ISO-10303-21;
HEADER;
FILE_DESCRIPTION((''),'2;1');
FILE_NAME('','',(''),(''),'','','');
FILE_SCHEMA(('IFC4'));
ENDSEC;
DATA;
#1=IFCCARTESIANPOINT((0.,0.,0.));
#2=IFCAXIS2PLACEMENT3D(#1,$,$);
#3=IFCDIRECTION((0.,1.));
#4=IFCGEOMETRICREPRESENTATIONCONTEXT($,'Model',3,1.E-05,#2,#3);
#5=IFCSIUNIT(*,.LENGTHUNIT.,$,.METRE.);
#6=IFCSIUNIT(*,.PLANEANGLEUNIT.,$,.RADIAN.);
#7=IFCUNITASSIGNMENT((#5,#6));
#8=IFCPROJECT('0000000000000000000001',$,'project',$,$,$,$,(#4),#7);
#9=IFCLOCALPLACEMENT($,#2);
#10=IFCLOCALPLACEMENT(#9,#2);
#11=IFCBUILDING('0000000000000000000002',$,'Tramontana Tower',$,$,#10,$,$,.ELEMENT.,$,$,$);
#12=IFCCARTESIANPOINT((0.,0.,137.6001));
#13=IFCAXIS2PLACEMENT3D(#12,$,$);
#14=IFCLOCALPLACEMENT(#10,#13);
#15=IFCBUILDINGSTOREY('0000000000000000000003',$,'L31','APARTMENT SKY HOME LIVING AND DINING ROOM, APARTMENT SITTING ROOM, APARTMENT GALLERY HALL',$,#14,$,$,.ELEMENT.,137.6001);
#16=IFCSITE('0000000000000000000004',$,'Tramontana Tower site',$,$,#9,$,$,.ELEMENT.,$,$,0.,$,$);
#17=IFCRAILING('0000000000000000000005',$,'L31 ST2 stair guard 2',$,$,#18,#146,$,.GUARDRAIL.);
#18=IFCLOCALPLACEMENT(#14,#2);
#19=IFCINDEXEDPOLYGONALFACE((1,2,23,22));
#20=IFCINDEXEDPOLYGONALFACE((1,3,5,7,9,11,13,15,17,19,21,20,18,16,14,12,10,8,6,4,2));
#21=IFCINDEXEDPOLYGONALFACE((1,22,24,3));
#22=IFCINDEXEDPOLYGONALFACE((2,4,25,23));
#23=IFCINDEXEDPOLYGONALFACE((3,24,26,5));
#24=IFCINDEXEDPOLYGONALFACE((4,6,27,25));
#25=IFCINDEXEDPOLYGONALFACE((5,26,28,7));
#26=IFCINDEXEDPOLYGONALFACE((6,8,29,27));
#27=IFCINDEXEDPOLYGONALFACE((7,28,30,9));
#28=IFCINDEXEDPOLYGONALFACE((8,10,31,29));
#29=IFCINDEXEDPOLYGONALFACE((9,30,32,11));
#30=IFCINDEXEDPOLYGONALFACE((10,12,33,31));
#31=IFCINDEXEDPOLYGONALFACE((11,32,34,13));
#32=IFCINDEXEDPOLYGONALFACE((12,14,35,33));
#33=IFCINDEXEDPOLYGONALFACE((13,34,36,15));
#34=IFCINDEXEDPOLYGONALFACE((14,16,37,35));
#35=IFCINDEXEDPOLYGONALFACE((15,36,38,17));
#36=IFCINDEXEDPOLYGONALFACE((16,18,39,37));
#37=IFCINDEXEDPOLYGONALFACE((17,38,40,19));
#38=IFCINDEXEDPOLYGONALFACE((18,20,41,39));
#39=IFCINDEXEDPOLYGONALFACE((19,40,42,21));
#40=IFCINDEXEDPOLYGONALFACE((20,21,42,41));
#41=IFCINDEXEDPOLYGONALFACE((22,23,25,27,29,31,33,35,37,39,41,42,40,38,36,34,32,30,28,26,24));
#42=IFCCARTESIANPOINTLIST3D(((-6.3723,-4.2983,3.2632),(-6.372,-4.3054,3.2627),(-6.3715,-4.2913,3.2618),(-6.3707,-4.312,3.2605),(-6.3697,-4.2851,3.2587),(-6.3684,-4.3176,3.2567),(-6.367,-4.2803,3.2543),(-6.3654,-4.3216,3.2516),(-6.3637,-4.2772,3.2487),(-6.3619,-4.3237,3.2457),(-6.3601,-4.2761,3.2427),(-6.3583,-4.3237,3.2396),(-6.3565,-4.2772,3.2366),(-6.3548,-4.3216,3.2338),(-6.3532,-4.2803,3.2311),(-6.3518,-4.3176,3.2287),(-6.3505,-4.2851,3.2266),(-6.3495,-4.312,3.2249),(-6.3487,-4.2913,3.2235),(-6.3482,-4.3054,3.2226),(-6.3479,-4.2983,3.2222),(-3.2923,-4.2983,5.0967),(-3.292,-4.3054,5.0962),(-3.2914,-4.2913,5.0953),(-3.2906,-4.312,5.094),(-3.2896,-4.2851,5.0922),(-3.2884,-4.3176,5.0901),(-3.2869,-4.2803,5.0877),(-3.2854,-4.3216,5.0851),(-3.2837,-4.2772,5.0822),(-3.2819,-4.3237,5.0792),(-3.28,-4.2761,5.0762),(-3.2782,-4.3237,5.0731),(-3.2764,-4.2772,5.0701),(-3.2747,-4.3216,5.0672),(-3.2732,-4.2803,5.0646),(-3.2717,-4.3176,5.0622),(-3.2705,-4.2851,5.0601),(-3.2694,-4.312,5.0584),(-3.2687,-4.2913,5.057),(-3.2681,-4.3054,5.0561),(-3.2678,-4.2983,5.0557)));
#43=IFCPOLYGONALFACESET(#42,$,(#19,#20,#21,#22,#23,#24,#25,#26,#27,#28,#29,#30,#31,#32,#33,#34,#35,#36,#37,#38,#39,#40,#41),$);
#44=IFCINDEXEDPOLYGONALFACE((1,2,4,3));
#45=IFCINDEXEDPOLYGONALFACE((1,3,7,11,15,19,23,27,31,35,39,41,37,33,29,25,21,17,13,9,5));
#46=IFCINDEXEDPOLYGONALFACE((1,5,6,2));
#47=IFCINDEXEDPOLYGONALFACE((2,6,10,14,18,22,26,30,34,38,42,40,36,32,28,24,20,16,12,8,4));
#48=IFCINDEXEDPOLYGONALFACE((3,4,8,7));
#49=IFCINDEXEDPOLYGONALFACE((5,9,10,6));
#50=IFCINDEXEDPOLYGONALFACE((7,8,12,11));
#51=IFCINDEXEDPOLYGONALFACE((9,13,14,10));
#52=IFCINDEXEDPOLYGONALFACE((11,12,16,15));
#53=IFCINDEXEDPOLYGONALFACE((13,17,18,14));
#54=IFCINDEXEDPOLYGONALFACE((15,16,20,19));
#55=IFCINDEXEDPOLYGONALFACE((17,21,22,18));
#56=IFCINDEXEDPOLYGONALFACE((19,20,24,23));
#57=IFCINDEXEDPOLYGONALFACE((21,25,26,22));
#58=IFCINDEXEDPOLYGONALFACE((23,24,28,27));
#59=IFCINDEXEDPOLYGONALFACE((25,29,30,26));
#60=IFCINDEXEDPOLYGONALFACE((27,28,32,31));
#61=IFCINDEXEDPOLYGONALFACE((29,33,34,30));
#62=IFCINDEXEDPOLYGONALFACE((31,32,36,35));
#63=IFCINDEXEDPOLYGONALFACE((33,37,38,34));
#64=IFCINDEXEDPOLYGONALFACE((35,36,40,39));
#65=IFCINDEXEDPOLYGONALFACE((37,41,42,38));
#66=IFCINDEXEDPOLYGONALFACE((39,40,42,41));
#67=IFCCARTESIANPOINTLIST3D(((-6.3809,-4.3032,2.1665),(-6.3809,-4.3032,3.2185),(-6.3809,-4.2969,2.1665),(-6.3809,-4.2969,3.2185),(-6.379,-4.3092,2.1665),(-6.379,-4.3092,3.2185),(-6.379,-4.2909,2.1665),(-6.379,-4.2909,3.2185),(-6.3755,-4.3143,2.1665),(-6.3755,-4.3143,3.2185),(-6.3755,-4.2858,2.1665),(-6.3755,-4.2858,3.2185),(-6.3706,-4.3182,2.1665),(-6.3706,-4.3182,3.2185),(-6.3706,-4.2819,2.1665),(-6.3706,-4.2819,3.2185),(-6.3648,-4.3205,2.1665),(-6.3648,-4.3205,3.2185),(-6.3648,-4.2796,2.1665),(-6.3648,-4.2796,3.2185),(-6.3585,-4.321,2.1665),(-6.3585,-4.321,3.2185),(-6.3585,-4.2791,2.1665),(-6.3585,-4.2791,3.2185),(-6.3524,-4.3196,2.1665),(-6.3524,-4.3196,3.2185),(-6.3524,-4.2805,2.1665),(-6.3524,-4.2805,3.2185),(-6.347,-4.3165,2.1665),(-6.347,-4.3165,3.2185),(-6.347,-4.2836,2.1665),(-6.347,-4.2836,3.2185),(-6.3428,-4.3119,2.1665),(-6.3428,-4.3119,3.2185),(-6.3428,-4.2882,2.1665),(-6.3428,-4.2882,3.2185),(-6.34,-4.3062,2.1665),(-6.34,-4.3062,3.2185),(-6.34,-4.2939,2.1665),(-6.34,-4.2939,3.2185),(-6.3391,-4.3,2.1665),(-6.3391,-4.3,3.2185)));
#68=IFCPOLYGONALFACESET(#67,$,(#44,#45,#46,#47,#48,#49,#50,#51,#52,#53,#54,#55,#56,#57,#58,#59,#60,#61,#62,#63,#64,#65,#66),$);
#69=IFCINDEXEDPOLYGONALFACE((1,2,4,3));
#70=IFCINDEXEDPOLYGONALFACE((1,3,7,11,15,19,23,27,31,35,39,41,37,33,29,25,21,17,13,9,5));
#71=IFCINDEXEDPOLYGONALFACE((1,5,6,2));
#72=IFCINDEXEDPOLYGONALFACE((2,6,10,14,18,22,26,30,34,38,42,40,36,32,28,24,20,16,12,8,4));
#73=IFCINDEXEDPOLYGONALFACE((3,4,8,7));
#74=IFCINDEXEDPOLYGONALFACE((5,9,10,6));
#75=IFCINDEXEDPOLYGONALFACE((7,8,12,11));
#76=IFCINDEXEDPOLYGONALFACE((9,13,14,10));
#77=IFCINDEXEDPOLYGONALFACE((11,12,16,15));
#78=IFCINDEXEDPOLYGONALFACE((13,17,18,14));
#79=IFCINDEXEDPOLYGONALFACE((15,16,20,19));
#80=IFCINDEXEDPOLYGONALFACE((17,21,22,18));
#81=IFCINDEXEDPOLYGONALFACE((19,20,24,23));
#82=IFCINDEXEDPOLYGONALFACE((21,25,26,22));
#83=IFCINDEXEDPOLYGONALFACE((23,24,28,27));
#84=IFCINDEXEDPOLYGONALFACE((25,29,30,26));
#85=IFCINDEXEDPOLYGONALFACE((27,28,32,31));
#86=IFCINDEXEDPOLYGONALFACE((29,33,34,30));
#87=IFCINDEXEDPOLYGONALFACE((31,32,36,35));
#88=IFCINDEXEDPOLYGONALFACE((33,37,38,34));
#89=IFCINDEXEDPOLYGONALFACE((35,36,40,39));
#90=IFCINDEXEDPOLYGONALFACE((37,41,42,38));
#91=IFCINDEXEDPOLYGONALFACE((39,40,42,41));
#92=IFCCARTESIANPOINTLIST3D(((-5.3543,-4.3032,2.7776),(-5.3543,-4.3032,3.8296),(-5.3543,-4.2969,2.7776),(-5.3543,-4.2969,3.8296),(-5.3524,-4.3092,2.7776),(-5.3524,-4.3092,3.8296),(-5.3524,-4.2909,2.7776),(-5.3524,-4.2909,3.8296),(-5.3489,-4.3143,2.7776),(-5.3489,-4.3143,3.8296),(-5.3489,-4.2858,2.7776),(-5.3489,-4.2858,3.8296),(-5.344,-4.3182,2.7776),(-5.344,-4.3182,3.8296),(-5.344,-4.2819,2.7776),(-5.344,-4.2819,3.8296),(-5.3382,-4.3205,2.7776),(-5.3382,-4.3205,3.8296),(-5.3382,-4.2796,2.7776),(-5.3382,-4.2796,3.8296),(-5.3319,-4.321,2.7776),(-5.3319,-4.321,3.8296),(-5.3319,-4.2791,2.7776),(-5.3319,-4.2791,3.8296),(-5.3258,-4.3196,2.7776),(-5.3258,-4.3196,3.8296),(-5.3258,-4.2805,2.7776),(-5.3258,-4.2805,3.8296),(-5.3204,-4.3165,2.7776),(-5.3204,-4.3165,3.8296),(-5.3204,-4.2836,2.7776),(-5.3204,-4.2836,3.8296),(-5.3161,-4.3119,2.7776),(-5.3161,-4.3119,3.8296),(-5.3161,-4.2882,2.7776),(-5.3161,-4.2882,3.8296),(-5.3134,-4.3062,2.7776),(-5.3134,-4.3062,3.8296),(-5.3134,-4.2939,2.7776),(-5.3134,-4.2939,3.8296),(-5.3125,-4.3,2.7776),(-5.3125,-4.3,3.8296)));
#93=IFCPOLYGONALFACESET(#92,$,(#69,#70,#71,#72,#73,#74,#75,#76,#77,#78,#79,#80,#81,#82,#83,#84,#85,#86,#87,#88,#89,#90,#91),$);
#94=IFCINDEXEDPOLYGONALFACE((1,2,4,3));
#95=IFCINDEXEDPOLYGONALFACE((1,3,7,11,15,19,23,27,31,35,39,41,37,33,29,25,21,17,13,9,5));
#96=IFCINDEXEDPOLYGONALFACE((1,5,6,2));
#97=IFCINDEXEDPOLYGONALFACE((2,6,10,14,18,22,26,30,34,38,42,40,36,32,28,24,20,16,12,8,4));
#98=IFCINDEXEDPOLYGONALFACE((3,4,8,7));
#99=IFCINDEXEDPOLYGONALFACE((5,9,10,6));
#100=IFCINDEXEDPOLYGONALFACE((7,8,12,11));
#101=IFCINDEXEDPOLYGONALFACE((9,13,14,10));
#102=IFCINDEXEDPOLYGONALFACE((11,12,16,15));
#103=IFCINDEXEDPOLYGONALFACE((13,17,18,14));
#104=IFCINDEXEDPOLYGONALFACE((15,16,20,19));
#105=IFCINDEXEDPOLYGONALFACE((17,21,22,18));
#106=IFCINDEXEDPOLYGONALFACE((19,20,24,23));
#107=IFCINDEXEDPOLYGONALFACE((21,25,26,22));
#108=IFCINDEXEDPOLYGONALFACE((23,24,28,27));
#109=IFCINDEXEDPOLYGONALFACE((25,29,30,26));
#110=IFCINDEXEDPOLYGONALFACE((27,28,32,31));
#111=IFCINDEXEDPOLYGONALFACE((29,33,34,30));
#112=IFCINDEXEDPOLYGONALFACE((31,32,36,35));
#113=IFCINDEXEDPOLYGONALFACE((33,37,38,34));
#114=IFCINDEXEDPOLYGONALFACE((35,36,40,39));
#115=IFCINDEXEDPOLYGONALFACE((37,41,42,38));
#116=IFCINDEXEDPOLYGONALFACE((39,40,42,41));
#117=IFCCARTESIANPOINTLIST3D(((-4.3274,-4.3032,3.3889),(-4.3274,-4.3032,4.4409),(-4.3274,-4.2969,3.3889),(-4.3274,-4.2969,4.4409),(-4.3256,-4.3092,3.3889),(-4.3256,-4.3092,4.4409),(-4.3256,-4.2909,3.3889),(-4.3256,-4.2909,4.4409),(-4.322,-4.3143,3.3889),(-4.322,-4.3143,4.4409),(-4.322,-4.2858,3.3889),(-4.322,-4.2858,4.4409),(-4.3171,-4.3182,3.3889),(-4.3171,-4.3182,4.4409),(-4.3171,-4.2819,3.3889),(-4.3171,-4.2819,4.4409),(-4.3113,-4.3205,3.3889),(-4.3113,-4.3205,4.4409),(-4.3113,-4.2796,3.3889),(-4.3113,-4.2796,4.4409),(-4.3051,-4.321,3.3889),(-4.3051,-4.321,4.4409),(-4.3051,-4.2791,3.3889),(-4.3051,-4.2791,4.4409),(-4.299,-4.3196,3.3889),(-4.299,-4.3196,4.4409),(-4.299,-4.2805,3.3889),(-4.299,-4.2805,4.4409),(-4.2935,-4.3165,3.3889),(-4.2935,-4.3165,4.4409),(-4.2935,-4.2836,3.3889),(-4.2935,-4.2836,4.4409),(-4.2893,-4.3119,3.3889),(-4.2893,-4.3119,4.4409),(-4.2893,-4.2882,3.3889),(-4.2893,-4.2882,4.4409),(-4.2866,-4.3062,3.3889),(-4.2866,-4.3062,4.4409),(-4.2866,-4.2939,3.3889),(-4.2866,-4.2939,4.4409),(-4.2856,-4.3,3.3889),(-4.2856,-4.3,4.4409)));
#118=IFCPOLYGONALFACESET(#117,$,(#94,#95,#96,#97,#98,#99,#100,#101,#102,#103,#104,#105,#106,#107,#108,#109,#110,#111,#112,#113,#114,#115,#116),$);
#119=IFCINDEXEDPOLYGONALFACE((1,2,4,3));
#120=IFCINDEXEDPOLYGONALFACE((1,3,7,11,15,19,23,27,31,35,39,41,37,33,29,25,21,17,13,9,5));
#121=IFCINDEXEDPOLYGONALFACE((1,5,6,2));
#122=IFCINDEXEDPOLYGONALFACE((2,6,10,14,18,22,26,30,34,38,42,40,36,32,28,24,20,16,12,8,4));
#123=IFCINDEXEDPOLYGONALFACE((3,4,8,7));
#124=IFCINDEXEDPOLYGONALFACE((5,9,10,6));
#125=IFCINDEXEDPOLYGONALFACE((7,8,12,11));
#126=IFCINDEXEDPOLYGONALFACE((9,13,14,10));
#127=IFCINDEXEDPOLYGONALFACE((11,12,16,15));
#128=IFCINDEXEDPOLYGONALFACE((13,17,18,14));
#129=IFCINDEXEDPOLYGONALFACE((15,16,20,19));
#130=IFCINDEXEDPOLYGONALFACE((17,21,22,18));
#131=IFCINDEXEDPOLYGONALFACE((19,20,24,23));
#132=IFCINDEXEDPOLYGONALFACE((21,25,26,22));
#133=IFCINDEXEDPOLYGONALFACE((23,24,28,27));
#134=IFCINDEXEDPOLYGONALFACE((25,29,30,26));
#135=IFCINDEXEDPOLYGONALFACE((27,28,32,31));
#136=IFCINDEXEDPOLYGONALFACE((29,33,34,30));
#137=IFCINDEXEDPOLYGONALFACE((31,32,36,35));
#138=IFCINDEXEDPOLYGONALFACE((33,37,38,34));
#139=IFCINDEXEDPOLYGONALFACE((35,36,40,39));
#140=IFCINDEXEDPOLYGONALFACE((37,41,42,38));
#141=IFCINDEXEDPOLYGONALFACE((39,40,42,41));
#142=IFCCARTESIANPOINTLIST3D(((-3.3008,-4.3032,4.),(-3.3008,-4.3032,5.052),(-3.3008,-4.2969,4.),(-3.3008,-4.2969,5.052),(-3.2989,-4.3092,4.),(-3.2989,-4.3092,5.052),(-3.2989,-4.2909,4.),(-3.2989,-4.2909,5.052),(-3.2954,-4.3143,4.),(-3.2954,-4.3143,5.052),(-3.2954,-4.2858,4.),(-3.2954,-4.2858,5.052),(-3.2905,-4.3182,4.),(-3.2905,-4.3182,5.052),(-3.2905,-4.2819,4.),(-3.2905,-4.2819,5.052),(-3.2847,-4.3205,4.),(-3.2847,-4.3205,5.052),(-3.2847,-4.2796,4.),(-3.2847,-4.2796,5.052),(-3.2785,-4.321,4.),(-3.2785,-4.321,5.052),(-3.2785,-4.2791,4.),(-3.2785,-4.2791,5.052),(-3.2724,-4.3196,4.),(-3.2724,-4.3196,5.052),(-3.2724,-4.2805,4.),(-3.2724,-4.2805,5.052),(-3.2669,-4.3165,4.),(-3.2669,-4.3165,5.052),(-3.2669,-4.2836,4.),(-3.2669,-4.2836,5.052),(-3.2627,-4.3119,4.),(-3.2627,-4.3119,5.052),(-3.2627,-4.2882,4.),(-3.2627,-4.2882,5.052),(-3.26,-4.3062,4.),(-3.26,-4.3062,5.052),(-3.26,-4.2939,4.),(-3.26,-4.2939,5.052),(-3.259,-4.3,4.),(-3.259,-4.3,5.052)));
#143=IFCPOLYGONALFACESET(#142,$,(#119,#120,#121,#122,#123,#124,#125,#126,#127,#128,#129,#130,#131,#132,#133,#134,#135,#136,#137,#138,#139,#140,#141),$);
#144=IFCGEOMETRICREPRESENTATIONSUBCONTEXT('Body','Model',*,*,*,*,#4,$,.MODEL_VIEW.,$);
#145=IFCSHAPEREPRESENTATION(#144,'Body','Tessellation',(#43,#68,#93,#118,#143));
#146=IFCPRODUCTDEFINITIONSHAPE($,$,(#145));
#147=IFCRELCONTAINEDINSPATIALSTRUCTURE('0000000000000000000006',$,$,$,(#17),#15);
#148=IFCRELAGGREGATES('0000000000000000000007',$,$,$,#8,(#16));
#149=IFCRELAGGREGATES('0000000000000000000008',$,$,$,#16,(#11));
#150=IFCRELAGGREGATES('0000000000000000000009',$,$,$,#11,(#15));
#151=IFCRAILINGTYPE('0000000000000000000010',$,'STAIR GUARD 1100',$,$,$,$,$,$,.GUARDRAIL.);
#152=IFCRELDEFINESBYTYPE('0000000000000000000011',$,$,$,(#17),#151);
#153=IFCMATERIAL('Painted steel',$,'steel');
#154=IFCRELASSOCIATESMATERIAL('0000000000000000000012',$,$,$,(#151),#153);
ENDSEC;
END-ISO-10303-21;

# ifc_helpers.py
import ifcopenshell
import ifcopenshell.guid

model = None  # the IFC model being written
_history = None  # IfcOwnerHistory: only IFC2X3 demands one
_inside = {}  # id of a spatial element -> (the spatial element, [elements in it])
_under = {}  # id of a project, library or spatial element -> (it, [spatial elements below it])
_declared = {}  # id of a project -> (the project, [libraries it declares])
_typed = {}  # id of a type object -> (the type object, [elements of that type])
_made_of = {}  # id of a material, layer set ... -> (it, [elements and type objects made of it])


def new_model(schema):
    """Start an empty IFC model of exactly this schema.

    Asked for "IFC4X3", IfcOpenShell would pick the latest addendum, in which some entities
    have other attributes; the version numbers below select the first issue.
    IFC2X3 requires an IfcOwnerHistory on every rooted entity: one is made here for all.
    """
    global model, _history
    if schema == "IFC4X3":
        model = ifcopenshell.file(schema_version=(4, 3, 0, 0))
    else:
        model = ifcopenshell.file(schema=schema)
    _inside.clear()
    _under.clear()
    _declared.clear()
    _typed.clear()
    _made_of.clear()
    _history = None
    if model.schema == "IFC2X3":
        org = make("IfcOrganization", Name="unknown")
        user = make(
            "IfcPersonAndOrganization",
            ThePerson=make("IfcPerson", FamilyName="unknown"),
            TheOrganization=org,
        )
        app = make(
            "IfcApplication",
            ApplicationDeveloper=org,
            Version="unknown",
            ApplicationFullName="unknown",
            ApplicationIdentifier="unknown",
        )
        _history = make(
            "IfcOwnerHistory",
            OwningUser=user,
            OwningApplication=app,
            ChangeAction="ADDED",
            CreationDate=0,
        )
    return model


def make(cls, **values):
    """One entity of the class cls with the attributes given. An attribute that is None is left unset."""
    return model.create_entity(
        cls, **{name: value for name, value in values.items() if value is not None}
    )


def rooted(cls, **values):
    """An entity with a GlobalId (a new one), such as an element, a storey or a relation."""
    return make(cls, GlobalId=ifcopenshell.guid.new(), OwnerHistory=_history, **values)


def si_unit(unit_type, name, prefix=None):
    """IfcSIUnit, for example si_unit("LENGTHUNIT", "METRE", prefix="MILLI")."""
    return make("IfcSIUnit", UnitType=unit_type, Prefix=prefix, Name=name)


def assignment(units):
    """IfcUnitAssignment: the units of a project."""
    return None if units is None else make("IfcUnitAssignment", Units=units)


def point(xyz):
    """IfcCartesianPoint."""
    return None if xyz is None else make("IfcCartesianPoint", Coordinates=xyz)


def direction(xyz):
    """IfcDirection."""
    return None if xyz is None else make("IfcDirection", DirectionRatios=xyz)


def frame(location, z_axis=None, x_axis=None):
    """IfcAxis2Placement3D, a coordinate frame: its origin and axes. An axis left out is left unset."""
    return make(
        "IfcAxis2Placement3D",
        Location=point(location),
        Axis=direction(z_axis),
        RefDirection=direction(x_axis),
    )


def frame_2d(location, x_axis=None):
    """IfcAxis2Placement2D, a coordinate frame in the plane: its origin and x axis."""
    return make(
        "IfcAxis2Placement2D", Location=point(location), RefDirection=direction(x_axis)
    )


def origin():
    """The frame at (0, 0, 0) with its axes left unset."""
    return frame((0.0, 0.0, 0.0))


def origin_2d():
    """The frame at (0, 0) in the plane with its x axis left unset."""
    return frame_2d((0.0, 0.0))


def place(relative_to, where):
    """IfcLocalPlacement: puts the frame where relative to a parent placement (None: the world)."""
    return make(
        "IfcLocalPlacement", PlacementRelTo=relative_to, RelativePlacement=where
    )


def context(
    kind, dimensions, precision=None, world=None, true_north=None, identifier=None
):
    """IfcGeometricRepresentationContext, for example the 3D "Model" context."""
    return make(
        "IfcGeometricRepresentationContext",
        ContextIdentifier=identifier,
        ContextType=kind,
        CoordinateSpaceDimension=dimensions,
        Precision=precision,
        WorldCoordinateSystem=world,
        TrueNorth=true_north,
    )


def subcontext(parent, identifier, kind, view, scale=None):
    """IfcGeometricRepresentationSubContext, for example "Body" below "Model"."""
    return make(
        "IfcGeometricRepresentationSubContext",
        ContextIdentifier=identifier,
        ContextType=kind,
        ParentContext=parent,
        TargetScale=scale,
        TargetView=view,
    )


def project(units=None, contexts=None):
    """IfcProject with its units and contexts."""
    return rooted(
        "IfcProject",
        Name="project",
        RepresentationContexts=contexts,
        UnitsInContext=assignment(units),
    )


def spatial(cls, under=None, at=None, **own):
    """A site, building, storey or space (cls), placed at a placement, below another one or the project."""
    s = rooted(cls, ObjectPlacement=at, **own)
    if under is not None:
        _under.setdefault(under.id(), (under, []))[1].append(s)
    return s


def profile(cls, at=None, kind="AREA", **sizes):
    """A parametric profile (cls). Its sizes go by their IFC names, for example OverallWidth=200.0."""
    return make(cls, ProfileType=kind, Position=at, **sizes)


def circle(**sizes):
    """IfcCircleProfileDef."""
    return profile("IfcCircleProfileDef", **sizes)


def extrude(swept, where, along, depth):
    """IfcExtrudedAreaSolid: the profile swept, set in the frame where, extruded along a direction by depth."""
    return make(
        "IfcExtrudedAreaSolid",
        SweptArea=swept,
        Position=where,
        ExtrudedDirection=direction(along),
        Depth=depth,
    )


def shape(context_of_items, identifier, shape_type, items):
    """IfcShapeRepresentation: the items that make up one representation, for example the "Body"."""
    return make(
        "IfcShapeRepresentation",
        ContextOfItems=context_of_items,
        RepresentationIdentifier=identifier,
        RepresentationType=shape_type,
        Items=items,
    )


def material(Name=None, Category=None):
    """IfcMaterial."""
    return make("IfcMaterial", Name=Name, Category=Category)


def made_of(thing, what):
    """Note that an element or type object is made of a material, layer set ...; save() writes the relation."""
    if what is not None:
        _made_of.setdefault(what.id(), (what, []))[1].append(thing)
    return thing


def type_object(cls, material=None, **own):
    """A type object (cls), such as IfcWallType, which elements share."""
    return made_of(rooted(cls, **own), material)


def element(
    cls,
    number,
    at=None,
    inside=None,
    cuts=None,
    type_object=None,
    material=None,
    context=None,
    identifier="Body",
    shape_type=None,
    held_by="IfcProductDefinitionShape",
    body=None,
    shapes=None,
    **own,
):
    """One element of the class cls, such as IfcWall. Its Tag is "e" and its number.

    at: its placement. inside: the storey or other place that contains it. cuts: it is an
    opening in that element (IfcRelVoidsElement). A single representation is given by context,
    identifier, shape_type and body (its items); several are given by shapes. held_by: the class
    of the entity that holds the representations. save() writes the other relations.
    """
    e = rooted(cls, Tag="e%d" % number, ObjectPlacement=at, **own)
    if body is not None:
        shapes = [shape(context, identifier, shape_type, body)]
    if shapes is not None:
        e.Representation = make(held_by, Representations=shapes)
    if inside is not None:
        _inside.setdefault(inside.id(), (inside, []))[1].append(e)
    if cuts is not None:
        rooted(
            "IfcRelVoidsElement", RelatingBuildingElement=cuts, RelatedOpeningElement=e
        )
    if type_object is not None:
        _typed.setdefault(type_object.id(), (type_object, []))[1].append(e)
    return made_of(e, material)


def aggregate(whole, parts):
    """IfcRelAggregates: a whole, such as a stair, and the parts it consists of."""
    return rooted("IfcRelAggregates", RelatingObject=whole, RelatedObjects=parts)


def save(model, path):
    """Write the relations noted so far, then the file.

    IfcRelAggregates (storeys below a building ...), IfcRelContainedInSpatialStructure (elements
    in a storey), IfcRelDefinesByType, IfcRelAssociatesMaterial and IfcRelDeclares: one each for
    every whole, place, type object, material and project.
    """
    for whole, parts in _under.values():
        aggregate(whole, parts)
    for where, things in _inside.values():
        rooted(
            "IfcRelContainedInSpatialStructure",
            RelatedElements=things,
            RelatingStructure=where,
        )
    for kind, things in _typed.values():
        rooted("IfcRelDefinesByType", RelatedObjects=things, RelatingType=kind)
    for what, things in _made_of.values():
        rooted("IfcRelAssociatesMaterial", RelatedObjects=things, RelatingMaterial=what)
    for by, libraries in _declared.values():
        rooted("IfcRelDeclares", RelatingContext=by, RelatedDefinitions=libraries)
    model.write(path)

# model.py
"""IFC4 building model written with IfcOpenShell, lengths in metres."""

from ifc_helpers import new_model, si_unit, direction, frame, origin, origin_2d, place, context, subcontext, project, spatial, circle, extrude, material, type_object, element, save


model = new_model("IFC4")

# Units and contexts
model_context = context("Model", 3, precision=1e-05, world=origin(), true_north=direction((0.0, 1.0)))
body_context = subcontext(model_context, "Body", "Model", "MODEL_VIEW")
ifc_project = project(units=[si_unit("LENGTHUNIT", "METRE"), si_unit("PLANEANGLEUNIT", "RADIAN")], contexts=[model_context])

# Site, building, storey
site_placement = place(None, origin())
site = spatial("IfcSite", under=ifc_project, at=site_placement, Name="Tramontana Tower site", CompositionType="ELEMENT", RefElevation=0.0)
building_placement = place(site_placement, origin())
building = spatial("IfcBuilding", under=site, at=building_placement, Name="Tramontana Tower", CompositionType="ELEMENT")
storey_placement = place(building_placement, frame((0.0, 0.0, 137.6001)))
storey = spatial("IfcBuildingStorey", under=building, at=storey_placement, Name="L31", Description="APARTMENT SKY HOME LIVING AND DINING ROOM, APARTMENT SITTING ROOM, APARTMENT GALLERY HALL", CompositionType="ELEMENT", Elevation=137.6001)

# Railing
ifc_material_1 = material(Name="Painted steel", Category="steel")
railing_type_1 = type_object("IfcRailingType", Name="STAIR GUARD 1100", PredefinedType="GUARDRAIL", material=ifc_material_1)
railing_1_placement = place(storey_placement, frame((-6.3601, -4.3, 2.1665)))
element("IfcRailing", 1, at=railing_1_placement, inside=storey, type_object=railing_type_1, Name="L31 ST2 stair guard 2", PredefinedType="GUARDRAIL", context=body_context, shape_type="SweptSolid", body=[
    extrude(circle(Radius=0.0239, at=origin_2d()), frame((0.0, 0.0, 1.0762), z_axis=(0.859279, 0.0, 0.511508), x_axis=(0.0, 1.0, 0.0)), (0.0, 0.0, 1.0), 3.5845),
    extrude(circle(Radius=0.021, at=origin_2d()), origin(), (0.0, 0.0, 1.0), 1.052),
    extrude(circle(Radius=0.021, at=origin_2d()), frame((1.0266, 0.0, 0.6111)), (0.0, 0.0, 1.0), 1.052),
    extrude(circle(Radius=0.021, at=origin_2d()), frame((2.0535, 0.0, 1.2224)), (0.0, 0.0, 1.0), 1.052),
    extrude(circle(Radius=0.021, at=origin_2d()), frame((3.0801, 0.0, 1.8335)), (0.0, 0.0, 1.0), 1.052),
])

save(model, "model.ifc")
